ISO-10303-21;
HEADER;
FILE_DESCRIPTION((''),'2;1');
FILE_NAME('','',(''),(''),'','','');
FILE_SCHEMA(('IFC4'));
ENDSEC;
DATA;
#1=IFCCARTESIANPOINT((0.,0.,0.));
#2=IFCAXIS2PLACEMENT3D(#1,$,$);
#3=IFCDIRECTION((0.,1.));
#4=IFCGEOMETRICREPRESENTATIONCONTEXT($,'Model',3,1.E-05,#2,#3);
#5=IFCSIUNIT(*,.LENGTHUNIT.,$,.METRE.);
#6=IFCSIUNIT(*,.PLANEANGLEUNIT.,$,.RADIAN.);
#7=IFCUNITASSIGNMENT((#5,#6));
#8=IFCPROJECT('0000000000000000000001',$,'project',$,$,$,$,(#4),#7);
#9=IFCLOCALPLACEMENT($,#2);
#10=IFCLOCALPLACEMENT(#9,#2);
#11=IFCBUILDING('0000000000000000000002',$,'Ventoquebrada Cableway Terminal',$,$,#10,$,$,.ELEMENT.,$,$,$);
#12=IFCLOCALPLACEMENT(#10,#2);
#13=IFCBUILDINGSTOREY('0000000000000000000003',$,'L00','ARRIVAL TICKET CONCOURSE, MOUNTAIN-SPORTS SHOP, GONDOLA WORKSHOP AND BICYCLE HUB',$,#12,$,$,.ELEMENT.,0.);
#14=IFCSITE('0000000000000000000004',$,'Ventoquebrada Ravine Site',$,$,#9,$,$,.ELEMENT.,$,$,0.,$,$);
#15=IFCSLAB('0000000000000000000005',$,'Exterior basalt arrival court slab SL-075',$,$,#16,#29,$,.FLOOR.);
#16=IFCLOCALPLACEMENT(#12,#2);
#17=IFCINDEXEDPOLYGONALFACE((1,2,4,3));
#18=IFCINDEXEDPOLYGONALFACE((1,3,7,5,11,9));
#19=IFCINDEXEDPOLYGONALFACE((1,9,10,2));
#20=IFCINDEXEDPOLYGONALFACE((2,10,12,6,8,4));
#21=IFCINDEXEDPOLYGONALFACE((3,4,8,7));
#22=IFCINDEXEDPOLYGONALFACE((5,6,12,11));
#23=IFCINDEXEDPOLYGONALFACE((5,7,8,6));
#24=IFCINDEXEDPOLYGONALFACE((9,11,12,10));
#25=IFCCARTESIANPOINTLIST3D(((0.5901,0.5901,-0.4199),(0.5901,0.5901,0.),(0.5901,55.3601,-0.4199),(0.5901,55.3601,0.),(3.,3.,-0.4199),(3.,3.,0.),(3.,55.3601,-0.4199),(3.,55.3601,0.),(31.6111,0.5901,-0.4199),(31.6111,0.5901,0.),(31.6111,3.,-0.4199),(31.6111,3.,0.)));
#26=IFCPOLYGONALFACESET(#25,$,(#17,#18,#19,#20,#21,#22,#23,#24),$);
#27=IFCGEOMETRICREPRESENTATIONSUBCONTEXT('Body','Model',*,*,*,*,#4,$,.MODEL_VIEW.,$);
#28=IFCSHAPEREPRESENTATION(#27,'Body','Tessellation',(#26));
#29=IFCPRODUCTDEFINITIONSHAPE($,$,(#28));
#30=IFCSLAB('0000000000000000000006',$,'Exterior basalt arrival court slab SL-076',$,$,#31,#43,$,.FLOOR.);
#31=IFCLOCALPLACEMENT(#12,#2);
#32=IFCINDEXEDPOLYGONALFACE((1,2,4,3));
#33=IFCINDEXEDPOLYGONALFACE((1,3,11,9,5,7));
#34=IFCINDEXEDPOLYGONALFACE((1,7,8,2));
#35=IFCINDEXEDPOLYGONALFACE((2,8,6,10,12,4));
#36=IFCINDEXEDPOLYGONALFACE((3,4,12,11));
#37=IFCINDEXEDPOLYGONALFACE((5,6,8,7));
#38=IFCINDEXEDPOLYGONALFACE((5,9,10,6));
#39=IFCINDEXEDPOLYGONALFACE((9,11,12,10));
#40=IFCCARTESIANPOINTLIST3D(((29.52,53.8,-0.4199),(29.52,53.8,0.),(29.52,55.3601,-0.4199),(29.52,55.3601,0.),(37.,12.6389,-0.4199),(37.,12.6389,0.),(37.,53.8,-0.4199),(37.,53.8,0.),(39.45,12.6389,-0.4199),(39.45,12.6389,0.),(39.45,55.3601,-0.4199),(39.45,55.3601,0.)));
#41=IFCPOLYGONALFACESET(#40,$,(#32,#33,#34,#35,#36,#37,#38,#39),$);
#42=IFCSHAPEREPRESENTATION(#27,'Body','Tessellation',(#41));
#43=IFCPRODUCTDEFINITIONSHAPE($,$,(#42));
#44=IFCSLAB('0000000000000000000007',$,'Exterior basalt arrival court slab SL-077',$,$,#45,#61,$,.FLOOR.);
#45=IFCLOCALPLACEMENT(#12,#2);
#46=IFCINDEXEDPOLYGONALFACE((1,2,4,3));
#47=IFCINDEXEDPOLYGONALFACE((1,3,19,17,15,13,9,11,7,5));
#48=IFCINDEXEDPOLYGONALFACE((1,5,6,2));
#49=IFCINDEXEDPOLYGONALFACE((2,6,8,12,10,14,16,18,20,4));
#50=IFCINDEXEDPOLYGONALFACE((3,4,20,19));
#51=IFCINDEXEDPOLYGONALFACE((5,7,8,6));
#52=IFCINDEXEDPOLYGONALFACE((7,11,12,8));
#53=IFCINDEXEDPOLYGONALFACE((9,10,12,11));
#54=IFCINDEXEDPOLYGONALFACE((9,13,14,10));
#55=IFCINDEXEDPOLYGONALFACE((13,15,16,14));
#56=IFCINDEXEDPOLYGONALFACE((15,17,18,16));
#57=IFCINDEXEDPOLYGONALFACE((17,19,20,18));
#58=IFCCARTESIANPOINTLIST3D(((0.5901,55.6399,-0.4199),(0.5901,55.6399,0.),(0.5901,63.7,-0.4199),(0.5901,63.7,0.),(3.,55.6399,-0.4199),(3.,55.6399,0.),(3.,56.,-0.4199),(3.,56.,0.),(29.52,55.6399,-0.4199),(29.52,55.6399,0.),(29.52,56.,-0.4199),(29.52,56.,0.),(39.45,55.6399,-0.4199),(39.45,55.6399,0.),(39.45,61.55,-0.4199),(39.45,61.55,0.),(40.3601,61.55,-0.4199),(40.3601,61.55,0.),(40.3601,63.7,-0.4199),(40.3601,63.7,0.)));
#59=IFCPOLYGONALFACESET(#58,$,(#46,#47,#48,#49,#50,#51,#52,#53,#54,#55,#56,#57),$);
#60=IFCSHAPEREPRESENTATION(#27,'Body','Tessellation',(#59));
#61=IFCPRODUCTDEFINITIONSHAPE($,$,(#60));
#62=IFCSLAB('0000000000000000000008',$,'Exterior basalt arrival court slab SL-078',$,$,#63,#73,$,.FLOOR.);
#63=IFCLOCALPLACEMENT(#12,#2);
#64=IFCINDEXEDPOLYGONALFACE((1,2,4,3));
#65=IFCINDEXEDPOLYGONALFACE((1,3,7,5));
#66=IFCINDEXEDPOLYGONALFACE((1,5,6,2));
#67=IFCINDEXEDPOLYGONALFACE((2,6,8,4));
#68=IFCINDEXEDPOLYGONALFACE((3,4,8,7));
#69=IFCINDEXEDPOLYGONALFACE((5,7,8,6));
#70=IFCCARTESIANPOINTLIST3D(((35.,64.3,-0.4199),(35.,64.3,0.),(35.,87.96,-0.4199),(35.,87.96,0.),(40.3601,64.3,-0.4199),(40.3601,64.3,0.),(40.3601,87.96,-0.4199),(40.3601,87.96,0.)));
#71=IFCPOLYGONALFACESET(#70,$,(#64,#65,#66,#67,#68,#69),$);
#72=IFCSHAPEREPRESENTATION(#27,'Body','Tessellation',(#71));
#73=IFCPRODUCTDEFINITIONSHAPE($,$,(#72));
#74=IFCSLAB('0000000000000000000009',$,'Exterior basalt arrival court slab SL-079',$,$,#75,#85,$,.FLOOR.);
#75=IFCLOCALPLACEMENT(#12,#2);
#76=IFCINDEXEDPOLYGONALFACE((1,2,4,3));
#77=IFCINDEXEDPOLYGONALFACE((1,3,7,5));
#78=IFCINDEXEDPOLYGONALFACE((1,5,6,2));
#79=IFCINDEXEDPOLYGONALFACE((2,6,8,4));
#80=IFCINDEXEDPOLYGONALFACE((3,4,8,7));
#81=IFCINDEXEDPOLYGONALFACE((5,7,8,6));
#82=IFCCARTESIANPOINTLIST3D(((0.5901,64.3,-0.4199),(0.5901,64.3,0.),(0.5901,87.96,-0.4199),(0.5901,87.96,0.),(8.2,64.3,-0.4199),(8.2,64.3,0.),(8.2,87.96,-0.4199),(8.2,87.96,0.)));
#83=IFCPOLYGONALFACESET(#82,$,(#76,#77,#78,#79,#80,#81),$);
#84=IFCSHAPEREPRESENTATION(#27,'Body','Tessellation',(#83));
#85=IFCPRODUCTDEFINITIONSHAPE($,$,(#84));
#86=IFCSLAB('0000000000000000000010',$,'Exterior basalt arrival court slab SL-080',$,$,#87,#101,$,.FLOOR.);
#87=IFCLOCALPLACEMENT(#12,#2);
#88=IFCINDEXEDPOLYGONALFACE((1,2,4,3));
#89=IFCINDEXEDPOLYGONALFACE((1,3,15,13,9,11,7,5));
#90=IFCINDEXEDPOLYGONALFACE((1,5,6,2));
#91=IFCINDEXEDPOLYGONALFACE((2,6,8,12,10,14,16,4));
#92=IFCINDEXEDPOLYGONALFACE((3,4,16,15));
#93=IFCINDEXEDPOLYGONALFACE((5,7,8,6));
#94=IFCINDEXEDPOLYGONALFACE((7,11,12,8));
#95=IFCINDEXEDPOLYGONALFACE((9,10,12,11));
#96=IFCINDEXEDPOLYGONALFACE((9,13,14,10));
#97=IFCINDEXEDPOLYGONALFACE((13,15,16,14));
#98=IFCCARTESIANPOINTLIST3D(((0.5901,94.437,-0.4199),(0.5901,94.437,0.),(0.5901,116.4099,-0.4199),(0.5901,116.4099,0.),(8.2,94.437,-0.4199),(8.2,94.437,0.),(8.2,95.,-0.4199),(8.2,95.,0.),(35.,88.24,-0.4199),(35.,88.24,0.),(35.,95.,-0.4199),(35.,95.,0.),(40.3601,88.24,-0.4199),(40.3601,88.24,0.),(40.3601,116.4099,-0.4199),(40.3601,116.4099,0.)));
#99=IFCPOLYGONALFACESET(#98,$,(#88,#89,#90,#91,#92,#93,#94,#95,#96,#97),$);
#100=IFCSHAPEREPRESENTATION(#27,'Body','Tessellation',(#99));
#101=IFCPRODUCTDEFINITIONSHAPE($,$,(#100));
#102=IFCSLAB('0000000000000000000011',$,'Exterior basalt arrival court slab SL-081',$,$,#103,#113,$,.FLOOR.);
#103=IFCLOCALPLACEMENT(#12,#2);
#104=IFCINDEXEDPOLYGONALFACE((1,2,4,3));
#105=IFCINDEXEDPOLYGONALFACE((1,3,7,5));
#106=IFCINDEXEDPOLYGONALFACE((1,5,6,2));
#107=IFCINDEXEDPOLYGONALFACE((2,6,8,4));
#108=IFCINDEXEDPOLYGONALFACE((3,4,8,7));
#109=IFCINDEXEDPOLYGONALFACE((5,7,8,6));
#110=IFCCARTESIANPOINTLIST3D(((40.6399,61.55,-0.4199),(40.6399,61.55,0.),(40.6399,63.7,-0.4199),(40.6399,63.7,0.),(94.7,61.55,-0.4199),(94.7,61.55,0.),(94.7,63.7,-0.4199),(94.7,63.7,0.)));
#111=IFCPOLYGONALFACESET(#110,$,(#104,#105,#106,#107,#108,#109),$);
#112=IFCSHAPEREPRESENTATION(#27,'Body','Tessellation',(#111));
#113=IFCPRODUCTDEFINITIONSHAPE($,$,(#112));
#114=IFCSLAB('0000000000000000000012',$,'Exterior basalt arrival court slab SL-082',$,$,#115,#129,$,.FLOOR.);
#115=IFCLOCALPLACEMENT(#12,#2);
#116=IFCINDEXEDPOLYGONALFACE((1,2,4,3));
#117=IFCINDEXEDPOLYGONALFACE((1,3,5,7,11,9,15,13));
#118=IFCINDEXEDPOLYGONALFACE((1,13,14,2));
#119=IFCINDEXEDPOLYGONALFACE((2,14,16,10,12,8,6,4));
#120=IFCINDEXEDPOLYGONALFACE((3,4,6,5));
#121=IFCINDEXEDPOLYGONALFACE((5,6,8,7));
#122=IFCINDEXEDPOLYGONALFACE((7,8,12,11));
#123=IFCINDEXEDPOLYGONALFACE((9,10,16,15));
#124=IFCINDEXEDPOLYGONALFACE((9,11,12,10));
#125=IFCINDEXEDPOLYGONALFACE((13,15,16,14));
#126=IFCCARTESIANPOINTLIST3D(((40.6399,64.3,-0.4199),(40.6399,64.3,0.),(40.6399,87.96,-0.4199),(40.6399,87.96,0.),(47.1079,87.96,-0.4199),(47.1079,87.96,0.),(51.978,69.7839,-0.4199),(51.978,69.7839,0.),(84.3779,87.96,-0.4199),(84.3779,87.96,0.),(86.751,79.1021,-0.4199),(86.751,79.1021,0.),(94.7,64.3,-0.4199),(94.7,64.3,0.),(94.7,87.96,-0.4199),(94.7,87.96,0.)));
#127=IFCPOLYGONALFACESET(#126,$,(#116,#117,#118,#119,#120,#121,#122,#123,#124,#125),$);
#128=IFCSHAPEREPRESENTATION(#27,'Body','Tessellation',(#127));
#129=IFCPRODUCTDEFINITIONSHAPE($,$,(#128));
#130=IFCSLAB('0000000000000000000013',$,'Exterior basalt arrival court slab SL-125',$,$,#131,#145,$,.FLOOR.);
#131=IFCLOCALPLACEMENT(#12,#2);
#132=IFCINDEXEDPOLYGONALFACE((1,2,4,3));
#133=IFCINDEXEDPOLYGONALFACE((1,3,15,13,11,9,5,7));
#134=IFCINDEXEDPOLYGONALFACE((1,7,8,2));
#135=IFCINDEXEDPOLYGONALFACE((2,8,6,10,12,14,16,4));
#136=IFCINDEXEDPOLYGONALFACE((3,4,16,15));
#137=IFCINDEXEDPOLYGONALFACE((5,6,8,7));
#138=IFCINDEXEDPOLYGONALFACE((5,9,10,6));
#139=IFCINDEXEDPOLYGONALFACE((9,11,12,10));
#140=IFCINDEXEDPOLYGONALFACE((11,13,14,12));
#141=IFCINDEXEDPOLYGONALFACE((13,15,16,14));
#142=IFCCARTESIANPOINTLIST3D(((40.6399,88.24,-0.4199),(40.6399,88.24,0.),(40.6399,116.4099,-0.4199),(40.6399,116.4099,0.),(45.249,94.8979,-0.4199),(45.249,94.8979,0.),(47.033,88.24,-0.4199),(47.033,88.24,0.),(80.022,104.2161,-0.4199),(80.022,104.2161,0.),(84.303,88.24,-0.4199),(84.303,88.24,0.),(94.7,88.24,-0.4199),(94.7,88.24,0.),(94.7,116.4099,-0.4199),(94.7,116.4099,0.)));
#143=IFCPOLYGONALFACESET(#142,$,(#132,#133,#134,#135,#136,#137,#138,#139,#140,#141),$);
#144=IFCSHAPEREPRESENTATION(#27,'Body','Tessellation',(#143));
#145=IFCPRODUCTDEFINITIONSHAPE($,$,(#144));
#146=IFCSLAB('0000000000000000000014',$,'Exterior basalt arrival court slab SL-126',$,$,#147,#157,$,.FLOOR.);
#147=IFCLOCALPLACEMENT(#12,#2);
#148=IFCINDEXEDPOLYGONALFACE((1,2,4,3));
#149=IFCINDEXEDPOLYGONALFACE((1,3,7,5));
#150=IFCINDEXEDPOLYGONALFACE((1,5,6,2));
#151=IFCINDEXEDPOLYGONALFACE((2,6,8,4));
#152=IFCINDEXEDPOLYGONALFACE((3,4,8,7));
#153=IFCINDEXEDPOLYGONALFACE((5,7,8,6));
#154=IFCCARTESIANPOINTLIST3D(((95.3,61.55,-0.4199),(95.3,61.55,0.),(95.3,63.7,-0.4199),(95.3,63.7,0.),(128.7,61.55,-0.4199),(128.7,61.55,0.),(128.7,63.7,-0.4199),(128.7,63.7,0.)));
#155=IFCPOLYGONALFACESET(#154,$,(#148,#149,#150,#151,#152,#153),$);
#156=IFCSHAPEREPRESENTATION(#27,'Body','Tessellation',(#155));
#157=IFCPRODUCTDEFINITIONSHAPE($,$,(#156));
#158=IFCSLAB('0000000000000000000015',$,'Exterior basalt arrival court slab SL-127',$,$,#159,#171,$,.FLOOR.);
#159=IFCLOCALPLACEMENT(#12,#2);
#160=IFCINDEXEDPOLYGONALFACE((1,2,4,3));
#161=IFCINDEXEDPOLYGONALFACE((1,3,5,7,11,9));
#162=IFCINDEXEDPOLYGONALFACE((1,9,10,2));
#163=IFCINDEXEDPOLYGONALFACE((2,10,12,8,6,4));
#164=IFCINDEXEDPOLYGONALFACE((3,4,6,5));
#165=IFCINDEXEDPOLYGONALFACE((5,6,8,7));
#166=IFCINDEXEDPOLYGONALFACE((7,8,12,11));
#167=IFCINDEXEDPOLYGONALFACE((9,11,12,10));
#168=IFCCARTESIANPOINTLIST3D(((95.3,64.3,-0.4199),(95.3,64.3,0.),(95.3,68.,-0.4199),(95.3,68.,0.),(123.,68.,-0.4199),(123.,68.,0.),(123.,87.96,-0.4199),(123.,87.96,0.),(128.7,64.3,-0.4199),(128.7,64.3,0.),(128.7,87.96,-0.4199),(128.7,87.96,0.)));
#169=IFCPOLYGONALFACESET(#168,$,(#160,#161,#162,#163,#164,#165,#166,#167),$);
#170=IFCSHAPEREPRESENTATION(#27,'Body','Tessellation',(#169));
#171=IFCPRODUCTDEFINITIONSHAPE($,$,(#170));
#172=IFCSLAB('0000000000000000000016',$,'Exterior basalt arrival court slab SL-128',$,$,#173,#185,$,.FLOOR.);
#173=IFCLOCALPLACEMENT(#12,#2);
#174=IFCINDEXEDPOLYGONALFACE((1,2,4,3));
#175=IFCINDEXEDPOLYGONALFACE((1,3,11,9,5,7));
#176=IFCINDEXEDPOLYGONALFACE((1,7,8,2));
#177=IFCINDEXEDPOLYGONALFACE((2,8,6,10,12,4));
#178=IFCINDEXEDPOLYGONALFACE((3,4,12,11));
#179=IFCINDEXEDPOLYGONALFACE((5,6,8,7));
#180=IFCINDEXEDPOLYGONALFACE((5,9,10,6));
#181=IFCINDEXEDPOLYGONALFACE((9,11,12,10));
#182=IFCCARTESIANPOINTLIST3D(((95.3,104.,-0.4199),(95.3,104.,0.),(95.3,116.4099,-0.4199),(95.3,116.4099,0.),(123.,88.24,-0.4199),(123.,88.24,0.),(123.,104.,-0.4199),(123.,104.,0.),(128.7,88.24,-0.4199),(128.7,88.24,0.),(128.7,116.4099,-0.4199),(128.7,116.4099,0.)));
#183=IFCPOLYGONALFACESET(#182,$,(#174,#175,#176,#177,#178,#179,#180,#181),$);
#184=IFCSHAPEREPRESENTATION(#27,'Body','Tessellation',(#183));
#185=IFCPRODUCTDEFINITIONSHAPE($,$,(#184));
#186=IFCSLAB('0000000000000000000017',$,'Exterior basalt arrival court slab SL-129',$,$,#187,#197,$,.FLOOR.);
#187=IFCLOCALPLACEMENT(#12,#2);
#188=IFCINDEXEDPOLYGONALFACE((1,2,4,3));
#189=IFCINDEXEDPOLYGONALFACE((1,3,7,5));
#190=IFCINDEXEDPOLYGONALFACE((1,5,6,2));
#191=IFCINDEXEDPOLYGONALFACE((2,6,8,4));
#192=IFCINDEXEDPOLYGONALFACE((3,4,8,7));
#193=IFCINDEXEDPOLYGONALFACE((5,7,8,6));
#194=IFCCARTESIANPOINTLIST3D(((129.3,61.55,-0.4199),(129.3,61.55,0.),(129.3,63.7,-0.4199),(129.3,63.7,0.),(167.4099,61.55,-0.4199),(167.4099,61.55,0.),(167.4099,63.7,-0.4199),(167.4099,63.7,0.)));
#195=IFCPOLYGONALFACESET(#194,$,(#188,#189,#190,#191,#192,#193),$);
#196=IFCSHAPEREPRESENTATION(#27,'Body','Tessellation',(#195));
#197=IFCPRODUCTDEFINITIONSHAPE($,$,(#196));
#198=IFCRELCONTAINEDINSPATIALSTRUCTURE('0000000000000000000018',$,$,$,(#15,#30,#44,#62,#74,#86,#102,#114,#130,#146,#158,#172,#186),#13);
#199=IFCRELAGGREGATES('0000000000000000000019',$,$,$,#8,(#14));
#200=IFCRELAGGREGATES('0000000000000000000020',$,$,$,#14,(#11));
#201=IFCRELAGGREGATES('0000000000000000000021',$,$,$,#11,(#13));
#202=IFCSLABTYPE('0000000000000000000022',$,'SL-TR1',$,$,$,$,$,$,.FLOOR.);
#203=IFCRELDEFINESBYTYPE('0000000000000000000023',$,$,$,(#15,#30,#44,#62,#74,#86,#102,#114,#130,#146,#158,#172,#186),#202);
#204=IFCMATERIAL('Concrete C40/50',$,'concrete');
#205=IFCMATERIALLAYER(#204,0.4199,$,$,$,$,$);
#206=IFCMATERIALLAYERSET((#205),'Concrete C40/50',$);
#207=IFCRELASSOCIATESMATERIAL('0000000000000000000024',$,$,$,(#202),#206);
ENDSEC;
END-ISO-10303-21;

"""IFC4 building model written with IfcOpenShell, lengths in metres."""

from ifc_helpers import new_model, si_unit, direction, frame, origin, place, context, subcontext, project, spatial, polyline, outline, extrude, material, layer, layer_set, type_object, element, save


model = new_model("IFC4")

# Units and contexts
model_context = context("Model", 3, precision=1e-05, world=origin(), true_north=direction((0.0, 1.0)))
body_context = subcontext(model_context, "Body", "Model", "MODEL_VIEW")
ifc_project = project(units=[si_unit("LENGTHUNIT", "METRE"), si_unit("PLANEANGLEUNIT", "RADIAN")], contexts=[model_context])

# Site, building, storey
site_placement = place(None, origin())
site = spatial("IfcSite", under=ifc_project, at=site_placement, Name="Ventoquebrada Ravine Site", CompositionType="ELEMENT", RefElevation=0.0)
building_placement = place(site_placement, origin())
building = spatial("IfcBuilding", under=site, at=building_placement, Name="Ventoquebrada Cableway Terminal", CompositionType="ELEMENT")
storey_placement = place(building_placement, origin())
storey = spatial("IfcBuildingStorey", under=building, at=storey_placement, Name="L00", Description="ARRIVAL TICKET CONCOURSE, MOUNTAIN-SPORTS SHOP, GONDOLA WORKSHOP AND BICYCLE HUB", CompositionType="ELEMENT", Elevation=0.0)

# Shared definitions
ifc_material = material(Name="Concrete C40/50", Category="concrete")

# Slabs
ifc_layer_1 = layer(ifc_material, 0.4199)
ifc_layer_set_1 = layer_set([ifc_layer_1], Name="Concrete C40/50")
slab_type_1 = type_object("IfcSlabType", Name="SL-TR1", PredefinedType="FLOOR", material=ifc_layer_set_1)
slab_1_placement = place(storey_placement, frame((0.0, 0.0, -0.4199)))
element("IfcSlab", 1, at=slab_1_placement, inside=storey, type_object=slab_type_1, Name="Exterior basalt arrival court slab SL-075", PredefinedType="FLOOR", context=body_context, shape_type="SweptSolid", body=[
    extrude(outline(polyline([(0.5901, 0.5901), (31.6111, 0.5901), (31.6111, 3.0), (3.0, 3.0), (3.0, 55.3601), (0.5901, 55.3601), (0.5901, 0.5901)])), origin(), (0.0, 0.0, 1.0), 0.4199),
])
slab_2_placement = place(storey_placement, frame((0.0, 0.0, -0.4199)))
element("IfcSlab", 2, at=slab_2_placement, inside=storey, type_object=slab_type_1, Name="Exterior basalt arrival court slab SL-076", PredefinedType="FLOOR", context=body_context, shape_type="SweptSolid", body=[
    extrude(outline(polyline([(29.52, 55.3601), (29.52, 53.8), (37.0, 53.8), (37.0, 12.6389), (39.45, 12.6389), (39.45, 55.3601), (29.52, 55.3601)])), origin(), (0.0, 0.0, 1.0), 0.4199),
])
slab_3_placement = place(storey_placement, frame((0.0, 0.0, -0.4199)))
element("IfcSlab", 3, at=slab_3_placement, inside=storey, type_object=slab_type_1, Name="Exterior basalt arrival court slab SL-077", PredefinedType="FLOOR", context=body_context, shape_type="SweptSolid", body=[
    extrude(outline(polyline([(3.0, 55.6399), (3.0, 56.0), (29.52, 56.0), (29.52, 55.6399), (39.45, 55.6399), (39.45, 61.55), (40.3601, 61.55), (40.3601, 63.7), (0.5901, 63.7), (0.5901, 55.6399), (3.0, 55.6399)])), origin(), (0.0, 0.0, 1.0), 0.4199),
])
slab_4_placement = place(storey_placement, frame((0.0, 0.0, -0.4199)))
element("IfcSlab", 4, at=slab_4_placement, inside=storey, type_object=slab_type_1, Name="Exterior basalt arrival court slab SL-078", PredefinedType="FLOOR", context=body_context, shape_type="SweptSolid", body=[
    extrude(outline(polyline([(35.0, 87.96), (35.0, 64.3), (40.3601, 64.3), (40.3601, 87.96), (35.0, 87.96)])), origin(), (0.0, 0.0, 1.0), 0.4199),
])
slab_5_placement = place(storey_placement, frame((0.0, 0.0, -0.4199)))
element("IfcSlab", 5, at=slab_5_placement, inside=storey, type_object=slab_type_1, Name="Exterior basalt arrival court slab SL-079", PredefinedType="FLOOR", context=body_context, shape_type="SweptSolid", body=[
    extrude(outline(polyline([(8.2, 64.3), (8.2, 87.96), (0.5901, 87.96), (0.5901, 64.3), (8.2, 64.3)])), origin(), (0.0, 0.0, 1.0), 0.4199),
])
slab_6_placement = place(storey_placement, frame((0.0, 0.0, -0.4199)))
element("IfcSlab", 6, at=slab_6_placement, inside=storey, type_object=slab_type_1, Name="Exterior basalt arrival court slab SL-080", PredefinedType="FLOOR", context=body_context, shape_type="SweptSolid", body=[
    extrude(outline(polyline([(0.5901, 116.4099), (0.5901, 94.437), (8.2, 94.437), (8.2, 95.0), (35.0, 95.0), (35.0, 88.24), (40.3601, 88.24), (40.3601, 116.4099), (0.5901, 116.4099)])), origin(), (0.0, 0.0, 1.0), 0.4199),
])
slab_7_placement = place(storey_placement, frame((0.0, 0.0, -0.4199)))
element("IfcSlab", 7, at=slab_7_placement, inside=storey, type_object=slab_type_1, Name="Exterior basalt arrival court slab SL-081", PredefinedType="FLOOR", context=body_context, shape_type="SweptSolid", body=[
    extrude(outline(polyline([(40.6399, 61.55), (94.7, 61.55), (94.7, 63.7), (40.6399, 63.7), (40.6399, 61.55)])), origin(), (0.0, 0.0, 1.0), 0.4199),
])
slab_8_placement = place(storey_placement, frame((0.0, 0.0, -0.4199)))
element("IfcSlab", 8, at=slab_8_placement, inside=storey, type_object=slab_type_1, Name="Exterior basalt arrival court slab SL-082", PredefinedType="FLOOR", context=body_context, shape_type="SweptSolid", body=[
    extrude(outline(polyline([(84.3779, 87.96), (86.751, 79.1021), (51.978, 69.7839), (47.1079, 87.96), (40.6399, 87.96), (40.6399, 64.3), (94.7, 64.3), (94.7, 87.96), (84.3779, 87.96)])), origin(), (0.0, 0.0, 1.0), 0.4199),
])
slab_9_placement = place(storey_placement, frame((0.0, 0.0, -0.4199)))
element("IfcSlab", 9, at=slab_9_placement, inside=storey, type_object=slab_type_1, Name="Exterior basalt arrival court slab SL-125", PredefinedType="FLOOR", context=body_context, shape_type="SweptSolid", body=[
    extrude(outline(polyline([(47.033, 88.24), (45.249, 94.8979), (80.022, 104.2161), (84.303, 88.24), (94.7, 88.24), (94.7, 116.4099), (40.6399, 116.4099), (40.6399, 88.24), (47.033, 88.24)])), origin(), (0.0, 0.0, 1.0), 0.4199),
])
slab_10_placement = place(storey_placement, frame((0.0, 0.0, -0.4199)))
element("IfcSlab", 10, at=slab_10_placement, inside=storey, type_object=slab_type_1, Name="Exterior basalt arrival court slab SL-126", PredefinedType="FLOOR", context=body_context, shape_type="SweptSolid", body=[
    extrude(outline(polyline([(95.3, 61.55), (128.7, 61.55), (128.7, 63.7), (95.3, 63.7), (95.3, 61.55)])), origin(), (0.0, 0.0, 1.0), 0.4199),
])
slab_11_placement = place(storey_placement, frame((0.0, 0.0, -0.4199)))
element("IfcSlab", 11, at=slab_11_placement, inside=storey, type_object=slab_type_1, Name="Exterior basalt arrival court slab SL-127", PredefinedType="FLOOR", context=body_context, shape_type="SweptSolid", body=[
    extrude(outline(polyline([(123.0, 87.96), (123.0, 68.0), (95.3, 68.0), (95.3, 64.3), (128.7, 64.3), (128.7, 87.96), (123.0, 87.96)])), origin(), (0.0, 0.0, 1.0), 0.4199),
])
slab_12_placement = place(storey_placement, frame((0.0, 0.0, -0.4199)))
element("IfcSlab", 12, at=slab_12_placement, inside=storey, type_object=slab_type_1, Name="Exterior basalt arrival court slab SL-128", PredefinedType="FLOOR", context=body_context, shape_type="SweptSolid", body=[
    extrude(outline(polyline([(95.3, 104.0), (123.0, 104.0), (123.0, 88.24), (128.7, 88.24), (128.7, 116.4099), (95.3, 116.4099), (95.3, 104.0)])), origin(), (0.0, 0.0, 1.0), 0.4199),
])
slab_13_placement = place(storey_placement, frame((0.0, 0.0, -0.4199)))
element("IfcSlab", 13, at=slab_13_placement, inside=storey, type_object=slab_type_1, Name="Exterior basalt arrival court slab SL-129", PredefinedType="FLOOR", context=body_context, shape_type="SweptSolid", body=[
    extrude(outline(polyline([(129.3, 61.55), (167.4099, 61.55), (167.4099, 63.7), (129.3, 63.7), (129.3, 61.55)])), origin(), (0.0, 0.0, 1.0), 0.4199),
])

save(model, "model.ifc")
